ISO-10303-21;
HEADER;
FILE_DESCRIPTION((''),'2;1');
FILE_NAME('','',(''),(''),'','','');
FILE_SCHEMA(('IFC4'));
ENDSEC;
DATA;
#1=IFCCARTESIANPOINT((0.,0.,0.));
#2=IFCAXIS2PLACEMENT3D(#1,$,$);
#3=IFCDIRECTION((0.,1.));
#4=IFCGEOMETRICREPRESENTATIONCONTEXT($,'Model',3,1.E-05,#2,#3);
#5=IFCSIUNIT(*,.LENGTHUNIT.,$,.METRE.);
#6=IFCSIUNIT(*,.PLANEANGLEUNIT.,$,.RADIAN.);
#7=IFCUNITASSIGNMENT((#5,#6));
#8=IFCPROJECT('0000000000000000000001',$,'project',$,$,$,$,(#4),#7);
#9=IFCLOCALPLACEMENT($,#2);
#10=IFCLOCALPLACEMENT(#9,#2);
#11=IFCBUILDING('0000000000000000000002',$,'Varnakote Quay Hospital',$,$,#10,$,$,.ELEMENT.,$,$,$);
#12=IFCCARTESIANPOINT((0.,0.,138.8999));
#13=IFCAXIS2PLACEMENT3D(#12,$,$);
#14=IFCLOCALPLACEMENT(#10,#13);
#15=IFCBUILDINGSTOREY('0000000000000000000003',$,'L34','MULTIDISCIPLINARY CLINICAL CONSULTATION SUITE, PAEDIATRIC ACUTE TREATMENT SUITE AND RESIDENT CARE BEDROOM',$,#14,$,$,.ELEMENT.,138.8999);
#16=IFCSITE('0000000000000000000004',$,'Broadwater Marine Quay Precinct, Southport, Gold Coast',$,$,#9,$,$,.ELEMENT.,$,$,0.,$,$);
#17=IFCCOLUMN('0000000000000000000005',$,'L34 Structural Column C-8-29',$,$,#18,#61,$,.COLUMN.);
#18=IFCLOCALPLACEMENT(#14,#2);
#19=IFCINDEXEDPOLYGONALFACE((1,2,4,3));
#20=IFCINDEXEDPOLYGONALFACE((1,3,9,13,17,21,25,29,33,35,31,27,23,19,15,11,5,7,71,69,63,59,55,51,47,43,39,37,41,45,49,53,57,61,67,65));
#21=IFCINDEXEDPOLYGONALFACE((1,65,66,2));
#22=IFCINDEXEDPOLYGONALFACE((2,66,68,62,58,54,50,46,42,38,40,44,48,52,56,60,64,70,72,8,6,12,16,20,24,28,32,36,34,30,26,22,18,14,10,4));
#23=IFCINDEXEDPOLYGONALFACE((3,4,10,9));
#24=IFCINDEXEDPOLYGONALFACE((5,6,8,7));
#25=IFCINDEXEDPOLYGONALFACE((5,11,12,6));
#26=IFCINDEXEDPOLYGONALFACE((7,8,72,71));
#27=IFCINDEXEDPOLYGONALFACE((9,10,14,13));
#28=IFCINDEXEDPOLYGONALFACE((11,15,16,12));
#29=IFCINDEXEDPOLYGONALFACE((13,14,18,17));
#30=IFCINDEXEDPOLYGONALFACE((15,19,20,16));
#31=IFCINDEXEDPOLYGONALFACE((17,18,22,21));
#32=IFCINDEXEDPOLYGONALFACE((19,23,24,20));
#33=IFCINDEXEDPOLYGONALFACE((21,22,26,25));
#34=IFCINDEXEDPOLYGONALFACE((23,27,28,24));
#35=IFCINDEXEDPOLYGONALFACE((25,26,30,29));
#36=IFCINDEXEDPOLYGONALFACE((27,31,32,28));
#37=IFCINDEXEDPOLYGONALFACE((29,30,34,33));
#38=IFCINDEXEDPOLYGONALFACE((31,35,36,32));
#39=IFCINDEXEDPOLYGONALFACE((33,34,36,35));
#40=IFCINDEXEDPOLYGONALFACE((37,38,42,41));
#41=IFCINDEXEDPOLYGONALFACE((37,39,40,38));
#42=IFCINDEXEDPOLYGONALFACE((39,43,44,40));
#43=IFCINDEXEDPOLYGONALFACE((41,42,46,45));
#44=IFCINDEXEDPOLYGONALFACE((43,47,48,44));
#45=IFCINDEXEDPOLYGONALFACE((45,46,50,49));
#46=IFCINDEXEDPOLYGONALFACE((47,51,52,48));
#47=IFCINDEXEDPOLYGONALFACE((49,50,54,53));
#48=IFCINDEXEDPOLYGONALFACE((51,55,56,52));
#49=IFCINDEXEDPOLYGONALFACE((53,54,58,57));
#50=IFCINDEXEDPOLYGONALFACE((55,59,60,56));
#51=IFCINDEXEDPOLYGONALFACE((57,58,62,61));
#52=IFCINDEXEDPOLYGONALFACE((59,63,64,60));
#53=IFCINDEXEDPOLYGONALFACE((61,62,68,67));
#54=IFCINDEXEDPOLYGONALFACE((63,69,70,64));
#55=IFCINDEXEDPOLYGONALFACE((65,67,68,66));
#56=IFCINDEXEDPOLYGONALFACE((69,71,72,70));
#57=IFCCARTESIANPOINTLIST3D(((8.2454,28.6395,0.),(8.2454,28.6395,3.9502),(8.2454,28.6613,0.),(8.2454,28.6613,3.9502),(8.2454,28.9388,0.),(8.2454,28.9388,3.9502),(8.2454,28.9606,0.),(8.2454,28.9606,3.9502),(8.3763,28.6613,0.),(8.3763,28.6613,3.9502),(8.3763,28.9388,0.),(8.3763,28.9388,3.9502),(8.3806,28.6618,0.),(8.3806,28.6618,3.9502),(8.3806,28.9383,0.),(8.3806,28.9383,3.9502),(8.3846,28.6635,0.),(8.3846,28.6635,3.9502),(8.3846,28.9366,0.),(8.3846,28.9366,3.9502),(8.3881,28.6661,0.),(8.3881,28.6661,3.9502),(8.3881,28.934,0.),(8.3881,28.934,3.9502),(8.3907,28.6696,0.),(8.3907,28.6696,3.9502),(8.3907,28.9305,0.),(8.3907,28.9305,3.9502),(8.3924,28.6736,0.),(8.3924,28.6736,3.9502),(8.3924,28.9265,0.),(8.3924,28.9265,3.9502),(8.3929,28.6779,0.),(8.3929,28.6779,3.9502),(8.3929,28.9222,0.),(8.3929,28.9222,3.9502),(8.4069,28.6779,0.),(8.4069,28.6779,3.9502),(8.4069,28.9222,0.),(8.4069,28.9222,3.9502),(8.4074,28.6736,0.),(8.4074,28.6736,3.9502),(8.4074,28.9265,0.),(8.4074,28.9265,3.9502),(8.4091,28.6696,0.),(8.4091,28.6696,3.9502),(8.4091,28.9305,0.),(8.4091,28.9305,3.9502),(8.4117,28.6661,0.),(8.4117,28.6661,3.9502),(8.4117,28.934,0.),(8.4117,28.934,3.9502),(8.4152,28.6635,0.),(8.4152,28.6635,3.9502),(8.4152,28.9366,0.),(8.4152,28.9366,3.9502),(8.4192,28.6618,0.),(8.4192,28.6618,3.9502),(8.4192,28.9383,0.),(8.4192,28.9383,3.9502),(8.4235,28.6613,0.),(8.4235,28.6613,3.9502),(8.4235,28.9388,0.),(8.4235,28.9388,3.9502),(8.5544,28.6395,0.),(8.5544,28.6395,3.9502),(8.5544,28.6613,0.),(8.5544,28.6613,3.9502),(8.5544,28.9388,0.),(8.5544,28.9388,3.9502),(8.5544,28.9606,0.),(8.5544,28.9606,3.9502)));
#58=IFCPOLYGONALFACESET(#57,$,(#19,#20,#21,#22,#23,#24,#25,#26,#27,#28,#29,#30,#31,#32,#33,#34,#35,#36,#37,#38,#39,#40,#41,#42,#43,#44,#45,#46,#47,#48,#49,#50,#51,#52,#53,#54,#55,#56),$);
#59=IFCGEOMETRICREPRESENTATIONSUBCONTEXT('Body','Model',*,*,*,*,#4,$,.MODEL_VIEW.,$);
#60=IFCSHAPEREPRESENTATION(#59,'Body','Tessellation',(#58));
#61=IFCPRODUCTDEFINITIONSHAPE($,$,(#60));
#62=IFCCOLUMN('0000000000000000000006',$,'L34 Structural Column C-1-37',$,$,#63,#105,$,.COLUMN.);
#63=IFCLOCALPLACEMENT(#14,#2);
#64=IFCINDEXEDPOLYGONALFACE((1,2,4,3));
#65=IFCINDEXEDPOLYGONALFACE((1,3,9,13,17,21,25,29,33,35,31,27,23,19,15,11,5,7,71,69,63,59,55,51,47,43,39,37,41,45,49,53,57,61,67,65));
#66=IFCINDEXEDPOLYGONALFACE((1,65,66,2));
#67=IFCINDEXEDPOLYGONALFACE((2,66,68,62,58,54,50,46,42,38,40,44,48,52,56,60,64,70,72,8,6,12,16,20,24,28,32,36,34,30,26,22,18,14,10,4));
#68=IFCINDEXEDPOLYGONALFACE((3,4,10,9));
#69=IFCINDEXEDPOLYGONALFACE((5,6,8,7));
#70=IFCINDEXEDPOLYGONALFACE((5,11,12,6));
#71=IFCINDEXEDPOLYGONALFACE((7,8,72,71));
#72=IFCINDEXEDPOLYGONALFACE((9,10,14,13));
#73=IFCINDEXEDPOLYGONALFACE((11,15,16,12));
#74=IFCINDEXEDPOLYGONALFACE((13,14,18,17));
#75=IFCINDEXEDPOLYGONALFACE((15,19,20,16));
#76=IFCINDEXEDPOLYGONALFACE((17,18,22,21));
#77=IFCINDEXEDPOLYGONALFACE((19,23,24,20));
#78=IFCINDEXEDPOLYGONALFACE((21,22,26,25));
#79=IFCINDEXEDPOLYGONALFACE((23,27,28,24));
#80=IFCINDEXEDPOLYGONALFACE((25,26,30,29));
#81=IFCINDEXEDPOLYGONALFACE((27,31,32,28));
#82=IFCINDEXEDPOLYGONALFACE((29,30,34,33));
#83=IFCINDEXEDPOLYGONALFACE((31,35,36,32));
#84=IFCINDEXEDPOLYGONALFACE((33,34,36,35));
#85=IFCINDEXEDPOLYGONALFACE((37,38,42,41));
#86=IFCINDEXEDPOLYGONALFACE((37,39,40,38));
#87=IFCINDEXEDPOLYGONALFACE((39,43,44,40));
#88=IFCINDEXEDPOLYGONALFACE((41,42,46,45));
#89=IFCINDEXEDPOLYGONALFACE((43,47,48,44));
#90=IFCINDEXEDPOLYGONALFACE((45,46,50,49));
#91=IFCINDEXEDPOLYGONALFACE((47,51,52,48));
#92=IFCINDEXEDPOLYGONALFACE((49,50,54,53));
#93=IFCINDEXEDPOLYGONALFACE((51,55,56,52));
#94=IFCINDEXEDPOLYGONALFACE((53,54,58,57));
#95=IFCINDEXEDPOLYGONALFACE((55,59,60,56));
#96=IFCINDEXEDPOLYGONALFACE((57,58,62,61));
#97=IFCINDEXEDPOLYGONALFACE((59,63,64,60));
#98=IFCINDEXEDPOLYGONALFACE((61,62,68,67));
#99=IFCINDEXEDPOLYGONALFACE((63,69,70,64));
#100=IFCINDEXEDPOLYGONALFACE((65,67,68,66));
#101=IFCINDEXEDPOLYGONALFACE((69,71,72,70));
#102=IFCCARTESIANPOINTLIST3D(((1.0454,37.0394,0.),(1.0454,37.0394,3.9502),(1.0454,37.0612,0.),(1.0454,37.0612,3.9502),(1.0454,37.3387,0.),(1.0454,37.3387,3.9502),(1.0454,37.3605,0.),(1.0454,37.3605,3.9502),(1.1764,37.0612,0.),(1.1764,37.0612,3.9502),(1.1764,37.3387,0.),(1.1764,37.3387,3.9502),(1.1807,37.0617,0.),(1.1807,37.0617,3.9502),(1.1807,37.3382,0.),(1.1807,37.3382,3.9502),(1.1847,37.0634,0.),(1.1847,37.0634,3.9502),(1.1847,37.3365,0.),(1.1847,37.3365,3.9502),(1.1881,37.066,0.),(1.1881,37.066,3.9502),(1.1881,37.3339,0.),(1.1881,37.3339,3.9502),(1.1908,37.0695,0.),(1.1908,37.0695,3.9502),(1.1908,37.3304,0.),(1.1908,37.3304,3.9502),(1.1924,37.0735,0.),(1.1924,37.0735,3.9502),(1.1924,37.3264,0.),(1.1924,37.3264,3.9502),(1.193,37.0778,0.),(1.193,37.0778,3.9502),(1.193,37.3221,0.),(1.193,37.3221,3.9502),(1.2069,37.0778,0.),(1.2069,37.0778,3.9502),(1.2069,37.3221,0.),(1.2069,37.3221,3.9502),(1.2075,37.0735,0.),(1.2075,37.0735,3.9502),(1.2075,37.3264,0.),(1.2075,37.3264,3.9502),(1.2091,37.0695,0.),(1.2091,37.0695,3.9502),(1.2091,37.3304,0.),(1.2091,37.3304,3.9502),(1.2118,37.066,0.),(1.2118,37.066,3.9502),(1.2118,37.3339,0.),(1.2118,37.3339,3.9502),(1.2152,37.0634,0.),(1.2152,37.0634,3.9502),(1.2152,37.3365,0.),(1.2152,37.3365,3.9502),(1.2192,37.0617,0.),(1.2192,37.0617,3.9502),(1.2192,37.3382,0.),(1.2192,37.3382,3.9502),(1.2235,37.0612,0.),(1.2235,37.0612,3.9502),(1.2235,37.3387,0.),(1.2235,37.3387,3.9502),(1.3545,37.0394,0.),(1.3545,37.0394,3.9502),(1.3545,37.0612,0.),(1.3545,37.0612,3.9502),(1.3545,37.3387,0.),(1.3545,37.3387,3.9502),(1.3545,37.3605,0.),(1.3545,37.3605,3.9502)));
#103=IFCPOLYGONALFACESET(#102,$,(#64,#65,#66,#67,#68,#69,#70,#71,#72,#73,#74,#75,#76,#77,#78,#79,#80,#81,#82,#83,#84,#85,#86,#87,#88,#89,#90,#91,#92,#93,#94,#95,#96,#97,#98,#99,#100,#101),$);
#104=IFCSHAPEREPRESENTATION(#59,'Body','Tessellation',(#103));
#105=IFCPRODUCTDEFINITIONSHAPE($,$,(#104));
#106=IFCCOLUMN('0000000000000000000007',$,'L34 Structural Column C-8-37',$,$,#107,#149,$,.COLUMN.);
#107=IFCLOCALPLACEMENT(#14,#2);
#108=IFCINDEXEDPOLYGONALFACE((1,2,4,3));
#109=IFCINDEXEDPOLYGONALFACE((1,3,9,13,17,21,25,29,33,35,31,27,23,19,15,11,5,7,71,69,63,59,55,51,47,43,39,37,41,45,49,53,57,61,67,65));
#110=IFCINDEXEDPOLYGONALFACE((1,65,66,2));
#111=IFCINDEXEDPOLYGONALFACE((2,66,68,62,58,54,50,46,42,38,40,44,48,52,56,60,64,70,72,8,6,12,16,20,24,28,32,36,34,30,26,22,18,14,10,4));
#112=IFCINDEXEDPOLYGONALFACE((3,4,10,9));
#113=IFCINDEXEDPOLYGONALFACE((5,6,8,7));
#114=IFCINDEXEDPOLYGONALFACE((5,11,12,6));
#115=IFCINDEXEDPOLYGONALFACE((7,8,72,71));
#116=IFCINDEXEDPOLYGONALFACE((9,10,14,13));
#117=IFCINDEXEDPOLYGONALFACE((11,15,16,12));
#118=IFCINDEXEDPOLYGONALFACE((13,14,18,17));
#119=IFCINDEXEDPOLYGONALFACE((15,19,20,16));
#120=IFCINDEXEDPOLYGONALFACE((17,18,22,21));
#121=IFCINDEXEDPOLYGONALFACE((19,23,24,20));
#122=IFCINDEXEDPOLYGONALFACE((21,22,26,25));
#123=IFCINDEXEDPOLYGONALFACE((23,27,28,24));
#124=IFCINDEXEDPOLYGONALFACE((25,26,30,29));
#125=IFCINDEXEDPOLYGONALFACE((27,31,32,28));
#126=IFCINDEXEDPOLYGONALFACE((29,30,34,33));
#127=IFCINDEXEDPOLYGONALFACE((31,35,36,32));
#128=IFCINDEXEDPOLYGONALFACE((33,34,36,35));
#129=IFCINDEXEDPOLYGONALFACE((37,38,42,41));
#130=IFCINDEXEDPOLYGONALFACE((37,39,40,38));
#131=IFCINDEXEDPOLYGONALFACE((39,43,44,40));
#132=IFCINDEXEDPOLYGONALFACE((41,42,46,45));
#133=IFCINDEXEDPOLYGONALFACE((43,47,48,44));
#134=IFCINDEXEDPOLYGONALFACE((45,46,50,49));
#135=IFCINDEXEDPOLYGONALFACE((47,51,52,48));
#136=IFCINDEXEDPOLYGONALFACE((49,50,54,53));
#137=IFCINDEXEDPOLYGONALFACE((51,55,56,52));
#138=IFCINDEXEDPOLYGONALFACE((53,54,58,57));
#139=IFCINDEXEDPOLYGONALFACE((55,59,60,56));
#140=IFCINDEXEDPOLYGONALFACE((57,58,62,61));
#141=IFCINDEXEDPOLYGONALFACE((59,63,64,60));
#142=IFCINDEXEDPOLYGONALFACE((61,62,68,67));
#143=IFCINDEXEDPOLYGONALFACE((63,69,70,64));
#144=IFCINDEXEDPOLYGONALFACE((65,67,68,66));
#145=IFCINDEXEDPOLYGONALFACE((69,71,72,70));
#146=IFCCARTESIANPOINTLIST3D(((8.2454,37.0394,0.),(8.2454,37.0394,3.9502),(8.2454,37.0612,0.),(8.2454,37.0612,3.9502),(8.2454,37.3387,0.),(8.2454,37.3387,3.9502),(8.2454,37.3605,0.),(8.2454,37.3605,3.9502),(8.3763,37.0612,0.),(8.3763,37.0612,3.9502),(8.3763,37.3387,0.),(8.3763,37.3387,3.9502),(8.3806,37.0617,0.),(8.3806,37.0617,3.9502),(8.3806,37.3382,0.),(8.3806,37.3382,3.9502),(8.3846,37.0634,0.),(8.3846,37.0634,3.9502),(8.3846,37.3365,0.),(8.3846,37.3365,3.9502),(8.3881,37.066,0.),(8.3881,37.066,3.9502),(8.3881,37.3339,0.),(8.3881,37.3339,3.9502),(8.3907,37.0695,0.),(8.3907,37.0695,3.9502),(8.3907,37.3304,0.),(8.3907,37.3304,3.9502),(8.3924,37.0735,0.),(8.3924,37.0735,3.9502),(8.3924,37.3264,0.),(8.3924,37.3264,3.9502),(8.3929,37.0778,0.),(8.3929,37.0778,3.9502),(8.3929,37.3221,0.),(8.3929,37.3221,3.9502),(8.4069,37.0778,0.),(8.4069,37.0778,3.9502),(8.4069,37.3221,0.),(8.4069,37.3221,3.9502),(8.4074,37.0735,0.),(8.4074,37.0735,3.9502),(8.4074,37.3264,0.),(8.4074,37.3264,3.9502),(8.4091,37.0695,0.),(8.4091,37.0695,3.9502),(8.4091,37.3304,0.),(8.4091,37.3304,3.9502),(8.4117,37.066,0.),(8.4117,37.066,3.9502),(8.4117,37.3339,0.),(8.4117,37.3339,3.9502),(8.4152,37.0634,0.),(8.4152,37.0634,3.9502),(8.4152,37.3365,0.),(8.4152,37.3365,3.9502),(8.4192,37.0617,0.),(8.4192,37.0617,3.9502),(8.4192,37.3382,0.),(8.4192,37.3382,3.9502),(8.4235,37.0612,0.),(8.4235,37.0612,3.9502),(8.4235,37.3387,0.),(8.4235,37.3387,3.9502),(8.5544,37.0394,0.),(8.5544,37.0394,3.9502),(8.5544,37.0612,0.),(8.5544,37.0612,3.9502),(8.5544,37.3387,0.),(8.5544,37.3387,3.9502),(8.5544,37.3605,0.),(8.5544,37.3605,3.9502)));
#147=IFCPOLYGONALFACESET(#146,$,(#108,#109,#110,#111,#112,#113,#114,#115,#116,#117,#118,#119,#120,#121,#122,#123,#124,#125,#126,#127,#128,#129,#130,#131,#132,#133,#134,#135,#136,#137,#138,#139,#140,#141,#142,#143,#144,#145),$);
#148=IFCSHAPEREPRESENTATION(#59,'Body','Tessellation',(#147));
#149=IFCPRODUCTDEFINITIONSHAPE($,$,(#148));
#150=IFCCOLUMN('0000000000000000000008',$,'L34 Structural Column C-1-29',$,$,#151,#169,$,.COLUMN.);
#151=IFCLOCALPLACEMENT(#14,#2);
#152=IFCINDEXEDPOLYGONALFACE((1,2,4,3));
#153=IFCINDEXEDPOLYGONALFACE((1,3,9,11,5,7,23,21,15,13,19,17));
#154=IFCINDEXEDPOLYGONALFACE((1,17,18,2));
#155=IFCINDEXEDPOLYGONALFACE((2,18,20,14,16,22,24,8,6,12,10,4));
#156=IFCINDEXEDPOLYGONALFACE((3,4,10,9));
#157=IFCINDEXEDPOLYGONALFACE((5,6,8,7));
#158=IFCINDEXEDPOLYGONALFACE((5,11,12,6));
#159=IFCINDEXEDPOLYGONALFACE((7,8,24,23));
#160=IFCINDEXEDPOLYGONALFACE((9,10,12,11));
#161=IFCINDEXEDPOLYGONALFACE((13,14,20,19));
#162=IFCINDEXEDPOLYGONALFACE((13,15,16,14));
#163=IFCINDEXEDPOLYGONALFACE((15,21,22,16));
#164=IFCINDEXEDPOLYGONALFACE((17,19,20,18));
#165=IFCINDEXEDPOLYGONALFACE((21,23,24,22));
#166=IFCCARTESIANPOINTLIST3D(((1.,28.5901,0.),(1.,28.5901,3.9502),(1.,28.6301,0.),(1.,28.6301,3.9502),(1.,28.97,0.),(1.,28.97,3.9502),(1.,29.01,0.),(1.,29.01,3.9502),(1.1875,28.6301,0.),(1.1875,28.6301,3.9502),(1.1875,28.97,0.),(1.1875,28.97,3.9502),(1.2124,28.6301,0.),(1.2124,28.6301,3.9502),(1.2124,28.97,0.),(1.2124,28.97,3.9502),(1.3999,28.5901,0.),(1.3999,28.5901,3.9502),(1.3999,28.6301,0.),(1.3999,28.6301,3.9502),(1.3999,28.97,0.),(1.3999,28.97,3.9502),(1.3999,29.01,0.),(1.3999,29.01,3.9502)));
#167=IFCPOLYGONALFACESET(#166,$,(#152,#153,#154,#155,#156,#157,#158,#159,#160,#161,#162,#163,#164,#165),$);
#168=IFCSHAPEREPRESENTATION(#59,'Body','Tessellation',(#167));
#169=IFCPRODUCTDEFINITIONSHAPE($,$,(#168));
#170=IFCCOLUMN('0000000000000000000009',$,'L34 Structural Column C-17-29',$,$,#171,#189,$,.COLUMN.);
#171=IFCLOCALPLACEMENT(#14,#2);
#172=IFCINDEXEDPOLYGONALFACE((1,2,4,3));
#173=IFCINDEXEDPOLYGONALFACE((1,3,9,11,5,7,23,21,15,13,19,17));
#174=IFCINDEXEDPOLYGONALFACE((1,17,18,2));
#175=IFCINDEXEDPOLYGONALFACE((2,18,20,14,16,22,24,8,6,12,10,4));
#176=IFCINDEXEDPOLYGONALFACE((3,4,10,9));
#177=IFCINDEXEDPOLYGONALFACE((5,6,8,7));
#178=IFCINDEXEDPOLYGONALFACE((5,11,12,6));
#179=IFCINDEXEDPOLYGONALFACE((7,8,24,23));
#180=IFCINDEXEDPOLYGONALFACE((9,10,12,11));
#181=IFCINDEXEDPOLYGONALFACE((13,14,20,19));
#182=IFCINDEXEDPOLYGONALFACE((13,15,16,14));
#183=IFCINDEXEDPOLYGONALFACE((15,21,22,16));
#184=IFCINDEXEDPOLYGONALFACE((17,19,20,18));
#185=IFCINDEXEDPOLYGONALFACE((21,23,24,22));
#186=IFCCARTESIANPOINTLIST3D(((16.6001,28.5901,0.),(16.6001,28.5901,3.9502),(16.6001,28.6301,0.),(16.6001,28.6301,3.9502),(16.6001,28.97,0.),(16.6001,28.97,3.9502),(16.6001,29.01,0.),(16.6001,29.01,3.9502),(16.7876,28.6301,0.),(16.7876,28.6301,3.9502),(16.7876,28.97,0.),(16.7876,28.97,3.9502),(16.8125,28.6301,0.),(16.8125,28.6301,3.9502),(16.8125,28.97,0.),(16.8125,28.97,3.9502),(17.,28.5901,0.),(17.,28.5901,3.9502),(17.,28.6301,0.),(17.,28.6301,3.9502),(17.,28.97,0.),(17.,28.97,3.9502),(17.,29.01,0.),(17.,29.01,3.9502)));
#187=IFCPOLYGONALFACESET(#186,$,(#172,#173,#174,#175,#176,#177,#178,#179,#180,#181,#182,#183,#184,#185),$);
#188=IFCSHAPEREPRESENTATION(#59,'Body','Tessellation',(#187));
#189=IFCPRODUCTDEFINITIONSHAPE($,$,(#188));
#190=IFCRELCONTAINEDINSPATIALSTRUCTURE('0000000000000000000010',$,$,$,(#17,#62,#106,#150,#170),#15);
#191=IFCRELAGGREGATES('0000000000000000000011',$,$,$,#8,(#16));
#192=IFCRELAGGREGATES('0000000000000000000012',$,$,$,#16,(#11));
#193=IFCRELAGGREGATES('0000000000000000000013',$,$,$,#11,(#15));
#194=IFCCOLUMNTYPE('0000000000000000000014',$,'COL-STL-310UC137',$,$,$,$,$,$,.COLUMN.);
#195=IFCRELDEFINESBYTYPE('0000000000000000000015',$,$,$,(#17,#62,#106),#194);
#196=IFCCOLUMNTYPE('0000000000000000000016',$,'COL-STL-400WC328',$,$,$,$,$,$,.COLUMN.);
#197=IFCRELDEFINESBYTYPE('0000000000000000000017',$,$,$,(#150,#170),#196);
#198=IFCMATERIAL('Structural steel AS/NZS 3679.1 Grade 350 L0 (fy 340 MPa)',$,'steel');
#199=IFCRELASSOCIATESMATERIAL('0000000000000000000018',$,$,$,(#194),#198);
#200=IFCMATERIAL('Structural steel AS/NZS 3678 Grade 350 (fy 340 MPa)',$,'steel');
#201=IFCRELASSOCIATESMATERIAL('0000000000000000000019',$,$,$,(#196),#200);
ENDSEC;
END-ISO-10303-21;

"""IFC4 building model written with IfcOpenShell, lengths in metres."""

from ifc_helpers import new_model, si_unit, direction, frame, origin, origin_2d, place, context, subcontext, project, spatial, i_section, extrude, material, material_profile, profile_set, type_object, element, save


model = new_model("IFC4")

# Units and contexts
model_context = context("Model", 3, precision=1e-05, world=origin(), true_north=direction((0.0, 1.0)))
body_context = subcontext(model_context, "Body", "Model", "MODEL_VIEW")
ifc_project = project(units=[si_unit("LENGTHUNIT", "METRE"), si_unit("PLANEANGLEUNIT", "RADIAN")], contexts=[model_context])

# Site, building, storey
site_placement = place(None, origin())
site = spatial("IfcSite", under=ifc_project, at=site_placement, Name="Broadwater Marine Quay Precinct, Southport, Gold Coast", CompositionType="ELEMENT", RefElevation=0.0)
building_placement = place(site_placement, origin())
building = spatial("IfcBuilding", under=site, at=building_placement, Name="Varnakote Quay Hospital", CompositionType="ELEMENT")
storey_placement = place(building_placement, frame((0.0, 0.0, 138.8999)))
storey = spatial("IfcBuildingStorey", under=building, at=storey_placement, Name="L34", Description="MULTIDISCIPLINARY CLINICAL CONSULTATION SUITE, PAEDIATRIC ACUTE TREATMENT SUITE AND RESIDENT CARE BEDROOM", CompositionType="ELEMENT", Elevation=138.8999)

# Columns
ifc_material_1 = material(Name="Structural steel AS/NZS 3679.1 Grade 350 L0 (fy 340 MPa)", Category="steel")
ifc_material_profile_1 = material_profile(ifc_material_1, i_section(OverallWidth=0.3091, OverallDepth=0.321, WebThickness=0.0139, FlangeThickness=0.0217, FilletRadius=0.0166, at=origin_2d()), Name="310UC137")
ifc_profile_set_1 = profile_set([ifc_material_profile_1], Name="Structural steel AS/NZS 3679.1 Grade 350 L0 (fy 340 MPa)")
column_type_1 = type_object("IfcColumnType", Name="COL-STL-310UC137", PredefinedType="COLUMN", material=ifc_profile_set_1)
for number, where, z_axis, x_axis, name in (
    (1, (8.3999, 28.8, 0.0), (0.0, 0.0, 1.0), (1.0, 0.0, 0.0), "L34 Structural Column C-8-29"),
    (2, (1.2, 37.2, 0.0), (0.0, 0.0, 1.0), (1.0, 0.0, 0.0), "L34 Structural Column C-1-37"),
    (3, (8.3999, 37.2, 0.0), (0.0, 0.0, 1.0), (1.0, 0.0, 0.0), "L34 Structural Column C-8-37"),
):
    element("IfcColumn", number, at=place(storey_placement, frame(where, z_axis=z_axis, x_axis=x_axis)), inside=storey, type_object=column_type_1, Name=name, PredefinedType="COLUMN", context=body_context, shape_type="SweptSolid", body=[
        extrude(i_section(OverallWidth=0.3091, OverallDepth=0.321, WebThickness=0.0139, FlangeThickness=0.0217, FilletRadius=0.0166, at=origin_2d()), origin(), (0.0, 0.0, 1.0), 3.9502),
    ])
ifc_material_2 = material(Name="Structural steel AS/NZS 3678 Grade 350 (fy 340 MPa)", Category="steel")
ifc_material_profile_2 = material_profile(ifc_material_2, i_section(OverallWidth=0.3999, OverallDepth=0.4199, WebThickness=0.0249, FlangeThickness=0.04, at=origin_2d()), Name="400WC328")
ifc_profile_set_2 = profile_set([ifc_material_profile_2], Name="Structural steel AS/NZS 3678 Grade 350 (fy 340 MPa)")
column_type_2 = type_object("IfcColumnType", Name="COL-STL-400WC328", PredefinedType="COLUMN", material=ifc_profile_set_2)
for number, where, z_axis, x_axis, name in (
    (4, (1.2, 28.8, 0.0), (0.0, 0.0, 1.0), (1.0, 0.0, 0.0), "L34 Structural Column C-1-29"),
    (5, (16.8, 28.8, 0.0), (0.0, 0.0, 1.0), (1.0, 0.0, 0.0), "L34 Structural Column C-17-29"),
):
    element("IfcColumn", number, at=place(storey_placement, frame(where, z_axis=z_axis, x_axis=x_axis)), inside=storey, type_object=column_type_2, Name=name, PredefinedType="COLUMN", context=body_context, shape_type="SweptSolid", body=[
        extrude(i_section(OverallWidth=0.3999, OverallDepth=0.4199, WebThickness=0.0249, FlangeThickness=0.04, at=origin_2d()), origin(), (0.0, 0.0, 1.0), 3.9502),
    ])

save(model, "model.ifc")
